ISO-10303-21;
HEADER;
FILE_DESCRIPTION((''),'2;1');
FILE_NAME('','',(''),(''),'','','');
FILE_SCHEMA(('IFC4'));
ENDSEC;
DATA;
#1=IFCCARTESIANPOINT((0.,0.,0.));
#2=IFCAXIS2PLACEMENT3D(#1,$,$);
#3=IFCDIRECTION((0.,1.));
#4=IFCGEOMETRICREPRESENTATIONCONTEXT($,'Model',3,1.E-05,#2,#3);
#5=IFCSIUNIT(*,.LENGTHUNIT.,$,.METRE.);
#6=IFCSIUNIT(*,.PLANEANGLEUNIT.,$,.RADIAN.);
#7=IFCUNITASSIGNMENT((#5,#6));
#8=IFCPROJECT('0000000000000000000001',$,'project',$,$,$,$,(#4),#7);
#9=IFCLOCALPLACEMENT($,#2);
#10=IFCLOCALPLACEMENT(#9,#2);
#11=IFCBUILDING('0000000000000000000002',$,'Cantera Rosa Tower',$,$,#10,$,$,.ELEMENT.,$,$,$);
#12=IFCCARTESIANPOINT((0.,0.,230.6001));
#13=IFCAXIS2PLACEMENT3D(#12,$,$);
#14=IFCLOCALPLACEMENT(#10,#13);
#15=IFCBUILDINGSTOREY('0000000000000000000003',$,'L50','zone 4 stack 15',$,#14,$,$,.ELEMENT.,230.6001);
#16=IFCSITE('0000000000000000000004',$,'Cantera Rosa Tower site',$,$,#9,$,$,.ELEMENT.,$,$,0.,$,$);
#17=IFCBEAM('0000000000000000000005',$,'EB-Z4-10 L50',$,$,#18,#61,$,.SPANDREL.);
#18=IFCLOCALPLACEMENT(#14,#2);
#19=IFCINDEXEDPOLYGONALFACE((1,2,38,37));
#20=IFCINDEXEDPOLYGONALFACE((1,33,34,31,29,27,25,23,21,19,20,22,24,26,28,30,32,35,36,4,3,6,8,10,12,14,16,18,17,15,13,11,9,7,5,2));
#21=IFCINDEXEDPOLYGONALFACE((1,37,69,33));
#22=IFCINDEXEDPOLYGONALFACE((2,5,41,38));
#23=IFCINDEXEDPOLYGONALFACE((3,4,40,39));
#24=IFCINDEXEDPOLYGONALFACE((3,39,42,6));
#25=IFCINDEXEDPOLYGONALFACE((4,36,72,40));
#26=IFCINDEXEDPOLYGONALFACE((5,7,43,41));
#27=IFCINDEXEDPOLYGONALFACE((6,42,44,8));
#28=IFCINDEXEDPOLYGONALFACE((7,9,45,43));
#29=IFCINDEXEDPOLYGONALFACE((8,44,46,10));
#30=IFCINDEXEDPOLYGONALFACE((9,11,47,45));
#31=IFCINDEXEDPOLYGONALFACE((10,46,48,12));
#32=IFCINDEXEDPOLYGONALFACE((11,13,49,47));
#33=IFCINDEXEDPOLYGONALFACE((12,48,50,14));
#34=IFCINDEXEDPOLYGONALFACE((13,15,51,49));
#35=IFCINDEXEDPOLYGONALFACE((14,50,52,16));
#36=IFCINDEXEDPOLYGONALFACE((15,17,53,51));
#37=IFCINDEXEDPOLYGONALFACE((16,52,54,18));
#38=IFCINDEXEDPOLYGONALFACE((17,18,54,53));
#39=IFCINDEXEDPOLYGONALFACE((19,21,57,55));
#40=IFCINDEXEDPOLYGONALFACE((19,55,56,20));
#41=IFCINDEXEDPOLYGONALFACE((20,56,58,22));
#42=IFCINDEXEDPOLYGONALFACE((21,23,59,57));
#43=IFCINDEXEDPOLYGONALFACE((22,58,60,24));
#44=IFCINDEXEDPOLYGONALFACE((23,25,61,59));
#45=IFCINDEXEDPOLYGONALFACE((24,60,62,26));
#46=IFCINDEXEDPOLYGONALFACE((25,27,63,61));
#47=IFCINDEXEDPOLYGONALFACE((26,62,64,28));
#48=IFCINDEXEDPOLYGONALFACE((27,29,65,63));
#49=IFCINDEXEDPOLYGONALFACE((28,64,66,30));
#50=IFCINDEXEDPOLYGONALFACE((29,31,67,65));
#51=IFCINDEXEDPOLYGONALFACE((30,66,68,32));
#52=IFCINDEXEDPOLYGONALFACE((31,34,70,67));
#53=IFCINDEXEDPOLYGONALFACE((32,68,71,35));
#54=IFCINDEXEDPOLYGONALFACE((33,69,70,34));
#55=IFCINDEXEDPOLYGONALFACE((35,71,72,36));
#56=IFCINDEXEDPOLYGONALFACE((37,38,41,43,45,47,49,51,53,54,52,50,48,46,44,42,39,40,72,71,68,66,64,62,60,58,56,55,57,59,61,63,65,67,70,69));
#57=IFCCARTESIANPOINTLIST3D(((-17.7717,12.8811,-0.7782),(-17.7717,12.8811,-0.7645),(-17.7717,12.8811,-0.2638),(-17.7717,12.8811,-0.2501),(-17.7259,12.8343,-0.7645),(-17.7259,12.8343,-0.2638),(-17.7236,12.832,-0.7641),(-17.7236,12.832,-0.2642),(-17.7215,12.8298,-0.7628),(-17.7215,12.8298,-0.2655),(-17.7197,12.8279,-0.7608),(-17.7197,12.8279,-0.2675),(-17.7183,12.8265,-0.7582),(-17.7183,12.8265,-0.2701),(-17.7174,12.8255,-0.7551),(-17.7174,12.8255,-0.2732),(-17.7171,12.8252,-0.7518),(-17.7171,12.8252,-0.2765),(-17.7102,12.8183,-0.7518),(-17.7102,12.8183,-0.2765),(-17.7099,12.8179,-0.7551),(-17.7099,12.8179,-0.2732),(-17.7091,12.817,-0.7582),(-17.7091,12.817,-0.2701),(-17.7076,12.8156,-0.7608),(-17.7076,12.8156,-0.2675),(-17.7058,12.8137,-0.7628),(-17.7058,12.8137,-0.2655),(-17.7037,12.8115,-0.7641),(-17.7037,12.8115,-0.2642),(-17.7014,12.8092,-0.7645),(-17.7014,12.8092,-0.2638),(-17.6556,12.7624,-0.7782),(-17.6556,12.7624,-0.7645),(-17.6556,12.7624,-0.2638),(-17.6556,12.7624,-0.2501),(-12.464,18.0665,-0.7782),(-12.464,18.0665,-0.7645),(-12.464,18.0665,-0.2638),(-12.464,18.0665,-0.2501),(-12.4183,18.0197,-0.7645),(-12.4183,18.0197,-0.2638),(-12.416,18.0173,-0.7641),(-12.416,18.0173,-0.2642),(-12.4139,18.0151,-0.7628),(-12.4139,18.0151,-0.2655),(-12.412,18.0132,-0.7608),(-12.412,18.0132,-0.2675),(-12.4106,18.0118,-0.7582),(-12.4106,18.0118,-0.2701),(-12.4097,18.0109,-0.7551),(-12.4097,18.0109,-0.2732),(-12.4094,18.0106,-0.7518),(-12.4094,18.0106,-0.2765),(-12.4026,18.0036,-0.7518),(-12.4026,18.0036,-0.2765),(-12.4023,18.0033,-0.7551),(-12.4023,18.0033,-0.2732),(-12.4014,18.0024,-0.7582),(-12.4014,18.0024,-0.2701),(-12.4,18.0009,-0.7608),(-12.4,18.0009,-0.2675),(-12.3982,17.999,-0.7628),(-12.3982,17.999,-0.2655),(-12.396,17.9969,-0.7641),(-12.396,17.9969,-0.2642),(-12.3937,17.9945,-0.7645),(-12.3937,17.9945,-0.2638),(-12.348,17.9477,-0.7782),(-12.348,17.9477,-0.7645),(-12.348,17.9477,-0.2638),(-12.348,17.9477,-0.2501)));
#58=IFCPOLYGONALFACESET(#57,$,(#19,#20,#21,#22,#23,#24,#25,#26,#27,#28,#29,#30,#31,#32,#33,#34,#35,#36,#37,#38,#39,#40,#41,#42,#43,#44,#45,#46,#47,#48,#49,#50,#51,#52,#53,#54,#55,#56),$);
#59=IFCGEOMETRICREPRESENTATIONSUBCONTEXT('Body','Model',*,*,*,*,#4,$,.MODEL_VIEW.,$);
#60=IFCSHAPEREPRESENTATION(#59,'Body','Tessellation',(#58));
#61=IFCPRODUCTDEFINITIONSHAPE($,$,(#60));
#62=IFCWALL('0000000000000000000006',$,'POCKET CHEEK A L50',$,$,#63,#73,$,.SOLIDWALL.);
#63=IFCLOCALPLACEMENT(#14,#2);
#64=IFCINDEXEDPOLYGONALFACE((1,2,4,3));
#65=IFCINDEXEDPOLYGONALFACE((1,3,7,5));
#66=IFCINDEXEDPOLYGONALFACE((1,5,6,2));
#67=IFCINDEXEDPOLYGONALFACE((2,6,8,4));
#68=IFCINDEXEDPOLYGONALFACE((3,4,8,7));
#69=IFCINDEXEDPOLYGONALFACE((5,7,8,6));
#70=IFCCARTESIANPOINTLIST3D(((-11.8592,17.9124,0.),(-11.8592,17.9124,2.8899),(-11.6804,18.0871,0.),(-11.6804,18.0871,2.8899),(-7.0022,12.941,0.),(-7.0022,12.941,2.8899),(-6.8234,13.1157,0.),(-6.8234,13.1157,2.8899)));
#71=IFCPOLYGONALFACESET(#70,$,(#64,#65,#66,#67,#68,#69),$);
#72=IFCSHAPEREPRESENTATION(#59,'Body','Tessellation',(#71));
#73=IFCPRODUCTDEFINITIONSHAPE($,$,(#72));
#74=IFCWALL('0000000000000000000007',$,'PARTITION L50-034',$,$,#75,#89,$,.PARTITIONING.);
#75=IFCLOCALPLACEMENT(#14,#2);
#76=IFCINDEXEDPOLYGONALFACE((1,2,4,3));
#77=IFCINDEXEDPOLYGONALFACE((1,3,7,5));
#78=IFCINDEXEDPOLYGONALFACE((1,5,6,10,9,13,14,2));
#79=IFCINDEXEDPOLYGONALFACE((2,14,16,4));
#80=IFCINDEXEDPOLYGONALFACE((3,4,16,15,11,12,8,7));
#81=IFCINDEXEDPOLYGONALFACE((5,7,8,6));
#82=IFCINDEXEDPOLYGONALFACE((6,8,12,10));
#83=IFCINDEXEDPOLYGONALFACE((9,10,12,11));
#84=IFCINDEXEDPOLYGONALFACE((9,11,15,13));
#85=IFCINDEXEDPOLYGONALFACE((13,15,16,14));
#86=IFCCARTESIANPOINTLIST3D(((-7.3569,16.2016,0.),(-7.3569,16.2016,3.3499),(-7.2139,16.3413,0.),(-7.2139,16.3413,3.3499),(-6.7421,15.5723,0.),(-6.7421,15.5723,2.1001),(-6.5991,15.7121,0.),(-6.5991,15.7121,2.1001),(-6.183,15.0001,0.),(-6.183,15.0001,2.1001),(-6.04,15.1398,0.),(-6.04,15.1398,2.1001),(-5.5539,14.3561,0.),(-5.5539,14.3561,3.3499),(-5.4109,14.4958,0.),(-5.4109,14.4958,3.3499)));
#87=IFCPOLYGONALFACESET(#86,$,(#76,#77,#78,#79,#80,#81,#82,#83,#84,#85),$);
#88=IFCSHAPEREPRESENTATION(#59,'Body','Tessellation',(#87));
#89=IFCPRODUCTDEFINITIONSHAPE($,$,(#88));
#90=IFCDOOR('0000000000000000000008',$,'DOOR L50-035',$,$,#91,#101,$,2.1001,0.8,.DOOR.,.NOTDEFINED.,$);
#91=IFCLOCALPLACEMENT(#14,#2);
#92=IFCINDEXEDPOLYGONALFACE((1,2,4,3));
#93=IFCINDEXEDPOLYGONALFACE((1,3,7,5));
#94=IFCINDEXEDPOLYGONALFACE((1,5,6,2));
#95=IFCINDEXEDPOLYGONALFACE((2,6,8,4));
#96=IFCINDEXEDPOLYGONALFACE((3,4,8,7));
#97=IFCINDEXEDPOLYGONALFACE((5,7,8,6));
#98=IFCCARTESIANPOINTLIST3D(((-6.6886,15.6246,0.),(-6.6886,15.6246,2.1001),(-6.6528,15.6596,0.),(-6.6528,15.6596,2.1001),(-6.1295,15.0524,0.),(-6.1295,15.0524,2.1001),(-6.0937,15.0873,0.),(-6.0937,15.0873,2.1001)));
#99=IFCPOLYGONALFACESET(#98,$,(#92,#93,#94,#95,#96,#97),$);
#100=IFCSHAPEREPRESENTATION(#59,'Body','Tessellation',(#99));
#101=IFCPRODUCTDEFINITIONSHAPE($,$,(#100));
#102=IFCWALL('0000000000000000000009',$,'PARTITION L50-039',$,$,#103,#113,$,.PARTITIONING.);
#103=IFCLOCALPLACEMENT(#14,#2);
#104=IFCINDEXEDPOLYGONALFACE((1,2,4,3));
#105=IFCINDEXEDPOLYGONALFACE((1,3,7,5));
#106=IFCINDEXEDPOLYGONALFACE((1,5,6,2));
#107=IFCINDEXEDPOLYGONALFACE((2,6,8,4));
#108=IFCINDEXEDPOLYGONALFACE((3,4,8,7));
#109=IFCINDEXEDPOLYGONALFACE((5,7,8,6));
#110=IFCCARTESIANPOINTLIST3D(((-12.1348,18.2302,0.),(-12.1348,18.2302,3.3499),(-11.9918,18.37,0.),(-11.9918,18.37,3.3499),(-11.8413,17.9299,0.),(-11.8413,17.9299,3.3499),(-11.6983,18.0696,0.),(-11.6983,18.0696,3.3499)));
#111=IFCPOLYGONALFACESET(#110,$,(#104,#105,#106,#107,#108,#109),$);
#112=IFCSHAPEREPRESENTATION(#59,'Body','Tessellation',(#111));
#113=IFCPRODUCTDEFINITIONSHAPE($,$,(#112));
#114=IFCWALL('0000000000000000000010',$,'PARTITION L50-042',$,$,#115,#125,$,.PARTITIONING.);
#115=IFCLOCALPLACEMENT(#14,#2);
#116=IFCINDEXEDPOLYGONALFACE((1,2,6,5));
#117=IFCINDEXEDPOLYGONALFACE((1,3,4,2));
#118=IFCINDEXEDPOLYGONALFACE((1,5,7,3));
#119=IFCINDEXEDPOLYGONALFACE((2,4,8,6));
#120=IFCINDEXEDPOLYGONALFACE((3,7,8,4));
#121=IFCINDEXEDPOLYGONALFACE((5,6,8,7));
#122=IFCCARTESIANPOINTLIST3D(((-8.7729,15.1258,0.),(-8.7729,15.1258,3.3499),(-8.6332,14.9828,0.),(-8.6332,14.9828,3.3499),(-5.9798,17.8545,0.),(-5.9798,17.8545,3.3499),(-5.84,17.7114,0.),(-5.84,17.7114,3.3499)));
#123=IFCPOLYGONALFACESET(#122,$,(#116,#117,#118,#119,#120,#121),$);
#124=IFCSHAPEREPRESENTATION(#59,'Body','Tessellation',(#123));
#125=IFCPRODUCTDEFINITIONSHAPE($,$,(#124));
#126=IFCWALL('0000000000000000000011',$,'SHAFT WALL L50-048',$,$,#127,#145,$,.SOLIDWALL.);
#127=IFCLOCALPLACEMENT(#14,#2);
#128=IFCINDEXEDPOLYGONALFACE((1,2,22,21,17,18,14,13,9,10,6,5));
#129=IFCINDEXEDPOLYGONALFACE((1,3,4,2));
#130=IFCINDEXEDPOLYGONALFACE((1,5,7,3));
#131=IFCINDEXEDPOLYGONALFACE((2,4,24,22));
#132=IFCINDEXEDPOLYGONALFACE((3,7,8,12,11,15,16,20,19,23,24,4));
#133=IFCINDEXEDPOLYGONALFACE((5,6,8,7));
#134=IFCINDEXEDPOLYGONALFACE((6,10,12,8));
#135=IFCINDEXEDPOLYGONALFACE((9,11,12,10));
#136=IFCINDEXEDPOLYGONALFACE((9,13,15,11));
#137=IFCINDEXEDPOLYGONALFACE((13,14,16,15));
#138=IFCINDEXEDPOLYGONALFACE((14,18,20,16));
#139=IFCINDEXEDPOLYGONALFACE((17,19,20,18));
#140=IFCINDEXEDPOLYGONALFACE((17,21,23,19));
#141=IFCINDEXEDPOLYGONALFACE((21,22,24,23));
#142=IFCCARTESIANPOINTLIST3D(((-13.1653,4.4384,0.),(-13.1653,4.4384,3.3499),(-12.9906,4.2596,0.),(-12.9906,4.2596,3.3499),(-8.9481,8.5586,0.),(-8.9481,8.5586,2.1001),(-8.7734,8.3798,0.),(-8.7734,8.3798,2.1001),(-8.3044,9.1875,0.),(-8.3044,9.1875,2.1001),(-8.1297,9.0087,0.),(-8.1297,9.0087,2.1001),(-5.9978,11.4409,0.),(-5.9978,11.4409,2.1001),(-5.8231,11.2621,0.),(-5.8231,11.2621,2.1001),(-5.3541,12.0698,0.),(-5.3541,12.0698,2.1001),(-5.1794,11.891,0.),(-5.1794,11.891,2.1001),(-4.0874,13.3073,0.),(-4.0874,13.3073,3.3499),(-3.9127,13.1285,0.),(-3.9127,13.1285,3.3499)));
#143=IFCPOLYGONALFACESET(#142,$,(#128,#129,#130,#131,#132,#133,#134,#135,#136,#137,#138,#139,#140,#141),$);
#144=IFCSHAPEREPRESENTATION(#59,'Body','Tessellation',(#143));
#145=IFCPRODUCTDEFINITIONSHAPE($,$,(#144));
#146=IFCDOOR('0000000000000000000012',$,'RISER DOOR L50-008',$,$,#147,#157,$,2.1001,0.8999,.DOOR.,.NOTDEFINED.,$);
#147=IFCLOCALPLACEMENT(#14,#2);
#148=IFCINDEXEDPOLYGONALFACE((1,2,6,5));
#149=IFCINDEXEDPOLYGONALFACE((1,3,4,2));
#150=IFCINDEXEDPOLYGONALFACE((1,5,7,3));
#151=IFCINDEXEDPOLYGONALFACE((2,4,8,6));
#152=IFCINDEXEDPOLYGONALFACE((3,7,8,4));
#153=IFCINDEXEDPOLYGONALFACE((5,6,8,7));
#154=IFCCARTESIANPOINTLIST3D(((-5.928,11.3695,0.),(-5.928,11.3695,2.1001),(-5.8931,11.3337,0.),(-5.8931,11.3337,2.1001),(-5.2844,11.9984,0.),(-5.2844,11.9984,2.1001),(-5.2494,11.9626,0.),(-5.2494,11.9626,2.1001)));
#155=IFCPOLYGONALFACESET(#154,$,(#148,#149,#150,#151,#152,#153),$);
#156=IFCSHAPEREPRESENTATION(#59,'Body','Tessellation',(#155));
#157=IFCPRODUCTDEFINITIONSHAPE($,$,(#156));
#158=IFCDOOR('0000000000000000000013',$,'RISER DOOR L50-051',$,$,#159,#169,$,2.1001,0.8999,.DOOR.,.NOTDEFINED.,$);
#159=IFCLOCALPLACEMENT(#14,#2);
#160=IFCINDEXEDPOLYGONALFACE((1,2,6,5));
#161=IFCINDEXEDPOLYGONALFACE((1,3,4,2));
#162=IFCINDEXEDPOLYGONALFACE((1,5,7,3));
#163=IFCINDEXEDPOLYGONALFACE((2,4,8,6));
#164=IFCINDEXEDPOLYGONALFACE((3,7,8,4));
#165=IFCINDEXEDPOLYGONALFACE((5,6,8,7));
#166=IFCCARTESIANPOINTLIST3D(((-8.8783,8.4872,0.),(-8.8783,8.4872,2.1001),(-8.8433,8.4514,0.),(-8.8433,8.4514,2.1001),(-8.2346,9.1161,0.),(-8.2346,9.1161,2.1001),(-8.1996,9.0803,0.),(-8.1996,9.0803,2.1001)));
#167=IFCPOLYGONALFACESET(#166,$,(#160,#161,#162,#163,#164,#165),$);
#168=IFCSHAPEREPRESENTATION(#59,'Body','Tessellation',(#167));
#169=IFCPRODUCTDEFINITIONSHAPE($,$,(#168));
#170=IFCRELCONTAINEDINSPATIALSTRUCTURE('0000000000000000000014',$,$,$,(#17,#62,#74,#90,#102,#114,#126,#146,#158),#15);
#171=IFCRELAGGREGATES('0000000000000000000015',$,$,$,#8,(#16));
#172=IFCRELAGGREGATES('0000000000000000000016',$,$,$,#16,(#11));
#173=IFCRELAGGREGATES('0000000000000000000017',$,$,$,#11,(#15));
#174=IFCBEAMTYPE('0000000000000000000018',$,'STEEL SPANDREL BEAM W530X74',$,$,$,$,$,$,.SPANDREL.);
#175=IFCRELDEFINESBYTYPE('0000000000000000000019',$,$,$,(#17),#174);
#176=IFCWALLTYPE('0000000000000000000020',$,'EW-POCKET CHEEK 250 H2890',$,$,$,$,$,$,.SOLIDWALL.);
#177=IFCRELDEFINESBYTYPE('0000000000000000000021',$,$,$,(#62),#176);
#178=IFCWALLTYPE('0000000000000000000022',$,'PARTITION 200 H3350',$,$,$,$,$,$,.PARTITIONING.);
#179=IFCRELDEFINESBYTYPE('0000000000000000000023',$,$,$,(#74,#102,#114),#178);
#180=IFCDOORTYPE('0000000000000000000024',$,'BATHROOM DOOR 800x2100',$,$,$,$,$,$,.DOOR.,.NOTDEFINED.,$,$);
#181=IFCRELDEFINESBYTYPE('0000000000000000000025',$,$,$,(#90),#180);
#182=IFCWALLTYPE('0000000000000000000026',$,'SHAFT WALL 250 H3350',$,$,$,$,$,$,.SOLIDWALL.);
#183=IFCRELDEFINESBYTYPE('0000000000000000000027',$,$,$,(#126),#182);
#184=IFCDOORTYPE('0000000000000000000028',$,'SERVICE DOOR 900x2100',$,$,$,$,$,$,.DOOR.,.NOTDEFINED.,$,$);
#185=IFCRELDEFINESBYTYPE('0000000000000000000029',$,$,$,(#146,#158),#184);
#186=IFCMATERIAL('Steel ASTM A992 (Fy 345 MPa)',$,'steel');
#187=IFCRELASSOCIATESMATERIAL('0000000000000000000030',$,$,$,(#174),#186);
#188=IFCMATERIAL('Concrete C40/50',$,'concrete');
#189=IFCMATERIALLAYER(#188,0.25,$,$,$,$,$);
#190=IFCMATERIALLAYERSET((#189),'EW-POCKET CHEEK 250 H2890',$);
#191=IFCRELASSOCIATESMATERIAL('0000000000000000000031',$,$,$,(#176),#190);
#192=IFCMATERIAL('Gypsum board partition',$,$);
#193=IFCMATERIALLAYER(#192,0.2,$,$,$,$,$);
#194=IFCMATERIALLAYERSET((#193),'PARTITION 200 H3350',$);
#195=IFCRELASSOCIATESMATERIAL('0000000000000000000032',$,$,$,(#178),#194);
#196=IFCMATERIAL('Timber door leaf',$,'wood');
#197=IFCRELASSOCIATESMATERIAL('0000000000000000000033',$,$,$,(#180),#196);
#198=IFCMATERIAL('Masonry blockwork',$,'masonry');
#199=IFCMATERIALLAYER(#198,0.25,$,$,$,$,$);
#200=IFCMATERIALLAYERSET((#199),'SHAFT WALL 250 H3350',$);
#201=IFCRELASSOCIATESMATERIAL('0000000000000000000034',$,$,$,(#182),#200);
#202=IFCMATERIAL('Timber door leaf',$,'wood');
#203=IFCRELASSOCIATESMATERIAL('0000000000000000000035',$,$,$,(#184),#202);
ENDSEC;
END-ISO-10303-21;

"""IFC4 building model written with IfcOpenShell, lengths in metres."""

from ifc_helpers import new_model, si_unit, direction, frame, frame_2d, origin, origin_2d, place, context, subcontext, project, spatial, rectangle, i_section, extrude, material, layer, layer_set, material_profile, profile_set, type_object, element, fill, save


model = new_model("IFC4")

# Units and contexts
model_context = context("Model", 3, precision=1e-05, world=origin(), true_north=direction((0.0, 1.0)))
body_context = subcontext(model_context, "Body", "Model", "MODEL_VIEW")
ifc_project = project(units=[si_unit("LENGTHUNIT", "METRE"), si_unit("PLANEANGLEUNIT", "RADIAN")], contexts=[model_context])

# Site, building, storey
site_placement = place(None, origin())
site = spatial("IfcSite", under=ifc_project, at=site_placement, Name="Cantera Rosa Tower site", CompositionType="ELEMENT", RefElevation=0.0)
building_placement = place(site_placement, origin())
building = spatial("IfcBuilding", under=site, at=building_placement, Name="Cantera Rosa Tower", CompositionType="ELEMENT")
storey_placement = place(building_placement, frame((0.0, 0.0, 230.6001)))
storey = spatial("IfcBuildingStorey", under=building, at=storey_placement, Name="L50", Description="zone 4 stack 15", CompositionType="ELEMENT", Elevation=230.6001)

# Beam
ifc_material_1 = material(Name="Steel ASTM A992 (Fy 345 MPa)", Category="steel")
ifc_material_profile_1 = material_profile(ifc_material_1, i_section(OverallWidth=0.166, OverallDepth=0.5281, WebThickness=0.0098, FlangeThickness=0.0137, FilletRadius=0.0127, at=origin_2d()), Name="W530X74")
ifc_profile_set_1 = profile_set([ifc_material_profile_1], Name="Steel ASTM A992 (Fy 345 MPa)")
beam_type_1 = type_object("IfcBeamType", Name="STEEL SPANDREL BEAM W530X74", PredefinedType="SPANDREL", material=ifc_profile_set_1)
beam_1_placement = place(storey_placement, frame((-12.406, 18.0071, -0.5142), z_axis=(-0.715301, -0.698817, 0.0), x_axis=(0.698817, -0.715301, 0.0)))
element("IfcBeam", 1, at=beam_1_placement, inside=storey, type_object=beam_type_1, Name="EB-Z4-10 L50", PredefinedType="SPANDREL", context=body_context, shape_type="SweptSolid", body=[
    extrude(i_section(OverallWidth=0.166, OverallDepth=0.5281, WebThickness=0.0098, FlangeThickness=0.0137, FilletRadius=0.0127, at=origin_2d()), origin(), (0.0, 0.0, 1.0), 7.4202),
])

# Wall
ifc_material_2 = material(Name="Concrete C40/50", Category="concrete")
ifc_layer_1 = layer(ifc_material_2, 0.25)
ifc_layer_set_1 = layer_set([ifc_layer_1], Name="EW-POCKET CHEEK 250 H2890")
wall_type_1 = type_object("IfcWallType", Name="EW-POCKET CHEEK 250 H2890", PredefinedType="SOLIDWALL", material=ifc_layer_set_1)
wall_1_placement = place(storey_placement, frame((-11.7698, 17.9998, 0.0), z_axis=(0.0, 0.0, 1.0), x_axis=(0.698821, -0.715296, 0.0)))
element("IfcWall", 2, at=wall_1_placement, inside=storey, type_object=wall_type_1, Name="POCKET CHEEK A L50", PredefinedType="SOLIDWALL", context=body_context, shape_type="SweptSolid", body=[
    extrude(rectangle(XDim=6.9502, YDim=0.25, at=frame_2d((3.4751, 0.0))), origin(), (0.0, 0.0, 1.0), 2.8899),
])

# Wall, opening, door
ifc_material_3 = material(Name="Gypsum board partition")
ifc_layer_2 = layer(ifc_material_3, 0.2)
ifc_layer_set_2 = layer_set([ifc_layer_2], Name="PARTITION 200 H3350")
wall_type_2 = type_object("IfcWallType", Name="PARTITION 200 H3350", PredefinedType="PARTITIONING", material=ifc_layer_set_2)
wall_2_placement = place(storey_placement, frame((-7.2854, 16.2715, 0.0), z_axis=(0.0, 0.0, 1.0), x_axis=(0.698826, -0.715291, 0.0)))
wall_2 = element("IfcWall", 3, at=wall_2_placement, inside=storey, type_object=wall_type_2, Name="PARTITION L50-034", PredefinedType="PARTITIONING", context=body_context, shape_type="SweptSolid", body=[
    extrude(rectangle(XDim=2.5801, YDim=0.2, at=frame_2d((1.29, 0.0))), origin(), (0.0, 0.0, 1.0), 3.3499),
])
opening_1_placement = place(wall_2_placement, frame((0.8799, 0.0, 0.0)))
opening_1 = element("IfcOpeningElement", 4, at=opening_1_placement, cuts=wall_2, PredefinedType="OPENING", context=body_context, shape_type="SweptSolid", body=[
    extrude(rectangle(XDim=0.8, YDim=2.1001, at=frame_2d((0.3999, 1.05))), frame((0.0, 0.1099, 0.0), z_axis=(0.0, -1.0, 0.0), x_axis=(1.0, 0.0, 0.0)), (0.0, 0.0, 1.0), 0.22),
])
ifc_material_4 = material(Name="Timber door leaf", Category="wood")
door_type_1 = type_object("IfcDoorType", Name="BATHROOM DOOR 800x2100", OperationType="NOTDEFINED", PredefinedType="DOOR", material=ifc_material_4)
door_1_placement = place(opening_1_placement, origin())
door_1 = element("IfcDoor", 5, at=door_1_placement, inside=storey, type_object=door_type_1, Name="DOOR L50-035", OperationType="NOTDEFINED", OverallHeight=2.1001, OverallWidth=0.8, PredefinedType="DOOR", context=body_context, shape_type="SweptSolid", body=[
    extrude(rectangle(XDim=0.8, YDim=2.1001, at=frame_2d((0.3999, 1.05))), frame((0.0, 0.0249, 0.0), z_axis=(0.0, -1.0, 0.0), x_axis=(1.0, 0.0, 0.0)), (0.0, 0.0, 1.0), 0.05),
])
fill(opening_1, door_1)

# Walls
wall_3_placement = place(storey_placement, frame((-11.7698, 17.9998, 0.0), z_axis=(0.0, 0.0, 1.0), x_axis=(-0.698919, 0.7152, 0.0)))
element("IfcWall", 6, at=wall_3_placement, inside=storey, type_object=wall_type_2, Name="PARTITION L50-039", PredefinedType="PARTITIONING", context=body_context, shape_type="SweptSolid", body=[
    extrude(rectangle(XDim=0.4199, YDim=0.2, at=frame_2d((0.21, 0.0))), origin(), (0.0, 0.0, 1.0), 3.3499),
])
wall_4_placement = place(storey_placement, frame((-5.9099, 17.783, 0.0), z_axis=(0.0, 0.0, 1.0), x_axis=(-0.715311, -0.698806, 0.0)))
element("IfcWall", 7, at=wall_4_placement, inside=storey, type_object=wall_type_2, Name="PARTITION L50-042", PredefinedType="PARTITIONING", context=body_context, shape_type="SweptSolid", body=[
    extrude(rectangle(XDim=3.9048, YDim=0.2, at=frame_2d((1.9524, 0.0))), origin(), (0.0, 0.0, 1.0), 3.3499),
])

# Wall, openings, doors
ifc_material_5 = material(Name="Masonry blockwork", Category="masonry")
ifc_layer_3 = layer(ifc_material_5, 0.25)
ifc_layer_set_3 = layer_set([ifc_layer_3], Name="SHAFT WALL 250 H3350")
wall_type_3 = type_object("IfcWallType", Name="SHAFT WALL 250 H3350", PredefinedType="SOLIDWALL", material=ifc_layer_set_3)
wall_5_placement = place(storey_placement, frame((-4.0, 13.218, 0.0), z_axis=(0.0, 0.0, 1.0), x_axis=(-0.715292, -0.698825, 0.0)))
wall_5 = element("IfcWall", 8, at=wall_5_placement, inside=storey, type_object=wall_type_3, Name="SHAFT WALL L50-048", PredefinedType="SOLIDWALL", context=body_context, shape_type="SweptSolid", body=[
    extrude(rectangle(XDim=12.6912, YDim=0.25, at=frame_2d((6.3457, 0.0))), origin(), (0.0, 0.0, 1.0), 3.3499),
])
opening_2_placement = place(wall_5_placement, frame((1.771, 0.0, 0.0)))
opening_2 = element("IfcOpeningElement", 9, at=opening_2_placement, cuts=wall_5, PredefinedType="OPENING", context=body_context, shape_type="SweptSolid", body=[
    extrude(rectangle(XDim=0.8999, YDim=2.1001, at=frame_2d((0.45, 1.05))), frame((0.0, 0.135, 0.0), z_axis=(0.0, -1.0, 0.0), x_axis=(1.0, 0.0, 0.0)), (0.0, 0.0, 1.0), 0.27),
])
opening_3_placement = place(wall_5_placement, frame((5.8955, 0.0, 0.0)))
opening_3 = element("IfcOpeningElement", 10, at=opening_3_placement, cuts=wall_5, PredefinedType="OPENING", context=body_context, shape_type="SweptSolid", body=[
    extrude(rectangle(XDim=0.8999, YDim=2.1001, at=frame_2d((0.45, 1.05))), frame((0.0, 0.135, 0.0), z_axis=(0.0, -1.0, 0.0), x_axis=(1.0, 0.0, 0.0)), (0.0, 0.0, 1.0), 0.27),
])
ifc_material_6 = material(Name="Timber door leaf", Category="wood")
door_type_2 = type_object("IfcDoorType", Name="SERVICE DOOR 900x2100", OperationType="NOTDEFINED", PredefinedType="DOOR", material=ifc_material_6)
door_2_placement = place(opening_2_placement, origin())
door_2 = element("IfcDoor", 11, at=door_2_placement, inside=storey, type_object=door_type_2, Name="RISER DOOR L50-008", OperationType="NOTDEFINED", OverallHeight=2.1001, OverallWidth=0.8999, PredefinedType="DOOR", context=body_context, shape_type="SweptSolid", body=[
    extrude(rectangle(XDim=0.8999, YDim=2.1001, at=frame_2d((0.45, 1.05))), frame((0.0, 0.0249, 0.0), z_axis=(0.0, -1.0, 0.0), x_axis=(1.0, 0.0, 0.0)), (0.0, 0.0, 1.0), 0.05),
])
fill(opening_2, door_2)
door_3_placement = place(opening_3_placement, origin())
door_3 = element("IfcDoor", 12, at=door_3_placement, inside=storey, type_object=door_type_2, Name="RISER DOOR L50-051", OperationType="NOTDEFINED", OverallHeight=2.1001, OverallWidth=0.8999, PredefinedType="DOOR", context=body_context, shape_type="SweptSolid", body=[
    extrude(rectangle(XDim=0.8999, YDim=2.1001, at=frame_2d((0.45, 1.05))), frame((0.0, 0.0249, 0.0), z_axis=(0.0, -1.0, 0.0), x_axis=(1.0, 0.0, 0.0)), (0.0, 0.0, 1.0), 0.05),
])
fill(opening_3, door_3)

save(model, "model.ifc")
